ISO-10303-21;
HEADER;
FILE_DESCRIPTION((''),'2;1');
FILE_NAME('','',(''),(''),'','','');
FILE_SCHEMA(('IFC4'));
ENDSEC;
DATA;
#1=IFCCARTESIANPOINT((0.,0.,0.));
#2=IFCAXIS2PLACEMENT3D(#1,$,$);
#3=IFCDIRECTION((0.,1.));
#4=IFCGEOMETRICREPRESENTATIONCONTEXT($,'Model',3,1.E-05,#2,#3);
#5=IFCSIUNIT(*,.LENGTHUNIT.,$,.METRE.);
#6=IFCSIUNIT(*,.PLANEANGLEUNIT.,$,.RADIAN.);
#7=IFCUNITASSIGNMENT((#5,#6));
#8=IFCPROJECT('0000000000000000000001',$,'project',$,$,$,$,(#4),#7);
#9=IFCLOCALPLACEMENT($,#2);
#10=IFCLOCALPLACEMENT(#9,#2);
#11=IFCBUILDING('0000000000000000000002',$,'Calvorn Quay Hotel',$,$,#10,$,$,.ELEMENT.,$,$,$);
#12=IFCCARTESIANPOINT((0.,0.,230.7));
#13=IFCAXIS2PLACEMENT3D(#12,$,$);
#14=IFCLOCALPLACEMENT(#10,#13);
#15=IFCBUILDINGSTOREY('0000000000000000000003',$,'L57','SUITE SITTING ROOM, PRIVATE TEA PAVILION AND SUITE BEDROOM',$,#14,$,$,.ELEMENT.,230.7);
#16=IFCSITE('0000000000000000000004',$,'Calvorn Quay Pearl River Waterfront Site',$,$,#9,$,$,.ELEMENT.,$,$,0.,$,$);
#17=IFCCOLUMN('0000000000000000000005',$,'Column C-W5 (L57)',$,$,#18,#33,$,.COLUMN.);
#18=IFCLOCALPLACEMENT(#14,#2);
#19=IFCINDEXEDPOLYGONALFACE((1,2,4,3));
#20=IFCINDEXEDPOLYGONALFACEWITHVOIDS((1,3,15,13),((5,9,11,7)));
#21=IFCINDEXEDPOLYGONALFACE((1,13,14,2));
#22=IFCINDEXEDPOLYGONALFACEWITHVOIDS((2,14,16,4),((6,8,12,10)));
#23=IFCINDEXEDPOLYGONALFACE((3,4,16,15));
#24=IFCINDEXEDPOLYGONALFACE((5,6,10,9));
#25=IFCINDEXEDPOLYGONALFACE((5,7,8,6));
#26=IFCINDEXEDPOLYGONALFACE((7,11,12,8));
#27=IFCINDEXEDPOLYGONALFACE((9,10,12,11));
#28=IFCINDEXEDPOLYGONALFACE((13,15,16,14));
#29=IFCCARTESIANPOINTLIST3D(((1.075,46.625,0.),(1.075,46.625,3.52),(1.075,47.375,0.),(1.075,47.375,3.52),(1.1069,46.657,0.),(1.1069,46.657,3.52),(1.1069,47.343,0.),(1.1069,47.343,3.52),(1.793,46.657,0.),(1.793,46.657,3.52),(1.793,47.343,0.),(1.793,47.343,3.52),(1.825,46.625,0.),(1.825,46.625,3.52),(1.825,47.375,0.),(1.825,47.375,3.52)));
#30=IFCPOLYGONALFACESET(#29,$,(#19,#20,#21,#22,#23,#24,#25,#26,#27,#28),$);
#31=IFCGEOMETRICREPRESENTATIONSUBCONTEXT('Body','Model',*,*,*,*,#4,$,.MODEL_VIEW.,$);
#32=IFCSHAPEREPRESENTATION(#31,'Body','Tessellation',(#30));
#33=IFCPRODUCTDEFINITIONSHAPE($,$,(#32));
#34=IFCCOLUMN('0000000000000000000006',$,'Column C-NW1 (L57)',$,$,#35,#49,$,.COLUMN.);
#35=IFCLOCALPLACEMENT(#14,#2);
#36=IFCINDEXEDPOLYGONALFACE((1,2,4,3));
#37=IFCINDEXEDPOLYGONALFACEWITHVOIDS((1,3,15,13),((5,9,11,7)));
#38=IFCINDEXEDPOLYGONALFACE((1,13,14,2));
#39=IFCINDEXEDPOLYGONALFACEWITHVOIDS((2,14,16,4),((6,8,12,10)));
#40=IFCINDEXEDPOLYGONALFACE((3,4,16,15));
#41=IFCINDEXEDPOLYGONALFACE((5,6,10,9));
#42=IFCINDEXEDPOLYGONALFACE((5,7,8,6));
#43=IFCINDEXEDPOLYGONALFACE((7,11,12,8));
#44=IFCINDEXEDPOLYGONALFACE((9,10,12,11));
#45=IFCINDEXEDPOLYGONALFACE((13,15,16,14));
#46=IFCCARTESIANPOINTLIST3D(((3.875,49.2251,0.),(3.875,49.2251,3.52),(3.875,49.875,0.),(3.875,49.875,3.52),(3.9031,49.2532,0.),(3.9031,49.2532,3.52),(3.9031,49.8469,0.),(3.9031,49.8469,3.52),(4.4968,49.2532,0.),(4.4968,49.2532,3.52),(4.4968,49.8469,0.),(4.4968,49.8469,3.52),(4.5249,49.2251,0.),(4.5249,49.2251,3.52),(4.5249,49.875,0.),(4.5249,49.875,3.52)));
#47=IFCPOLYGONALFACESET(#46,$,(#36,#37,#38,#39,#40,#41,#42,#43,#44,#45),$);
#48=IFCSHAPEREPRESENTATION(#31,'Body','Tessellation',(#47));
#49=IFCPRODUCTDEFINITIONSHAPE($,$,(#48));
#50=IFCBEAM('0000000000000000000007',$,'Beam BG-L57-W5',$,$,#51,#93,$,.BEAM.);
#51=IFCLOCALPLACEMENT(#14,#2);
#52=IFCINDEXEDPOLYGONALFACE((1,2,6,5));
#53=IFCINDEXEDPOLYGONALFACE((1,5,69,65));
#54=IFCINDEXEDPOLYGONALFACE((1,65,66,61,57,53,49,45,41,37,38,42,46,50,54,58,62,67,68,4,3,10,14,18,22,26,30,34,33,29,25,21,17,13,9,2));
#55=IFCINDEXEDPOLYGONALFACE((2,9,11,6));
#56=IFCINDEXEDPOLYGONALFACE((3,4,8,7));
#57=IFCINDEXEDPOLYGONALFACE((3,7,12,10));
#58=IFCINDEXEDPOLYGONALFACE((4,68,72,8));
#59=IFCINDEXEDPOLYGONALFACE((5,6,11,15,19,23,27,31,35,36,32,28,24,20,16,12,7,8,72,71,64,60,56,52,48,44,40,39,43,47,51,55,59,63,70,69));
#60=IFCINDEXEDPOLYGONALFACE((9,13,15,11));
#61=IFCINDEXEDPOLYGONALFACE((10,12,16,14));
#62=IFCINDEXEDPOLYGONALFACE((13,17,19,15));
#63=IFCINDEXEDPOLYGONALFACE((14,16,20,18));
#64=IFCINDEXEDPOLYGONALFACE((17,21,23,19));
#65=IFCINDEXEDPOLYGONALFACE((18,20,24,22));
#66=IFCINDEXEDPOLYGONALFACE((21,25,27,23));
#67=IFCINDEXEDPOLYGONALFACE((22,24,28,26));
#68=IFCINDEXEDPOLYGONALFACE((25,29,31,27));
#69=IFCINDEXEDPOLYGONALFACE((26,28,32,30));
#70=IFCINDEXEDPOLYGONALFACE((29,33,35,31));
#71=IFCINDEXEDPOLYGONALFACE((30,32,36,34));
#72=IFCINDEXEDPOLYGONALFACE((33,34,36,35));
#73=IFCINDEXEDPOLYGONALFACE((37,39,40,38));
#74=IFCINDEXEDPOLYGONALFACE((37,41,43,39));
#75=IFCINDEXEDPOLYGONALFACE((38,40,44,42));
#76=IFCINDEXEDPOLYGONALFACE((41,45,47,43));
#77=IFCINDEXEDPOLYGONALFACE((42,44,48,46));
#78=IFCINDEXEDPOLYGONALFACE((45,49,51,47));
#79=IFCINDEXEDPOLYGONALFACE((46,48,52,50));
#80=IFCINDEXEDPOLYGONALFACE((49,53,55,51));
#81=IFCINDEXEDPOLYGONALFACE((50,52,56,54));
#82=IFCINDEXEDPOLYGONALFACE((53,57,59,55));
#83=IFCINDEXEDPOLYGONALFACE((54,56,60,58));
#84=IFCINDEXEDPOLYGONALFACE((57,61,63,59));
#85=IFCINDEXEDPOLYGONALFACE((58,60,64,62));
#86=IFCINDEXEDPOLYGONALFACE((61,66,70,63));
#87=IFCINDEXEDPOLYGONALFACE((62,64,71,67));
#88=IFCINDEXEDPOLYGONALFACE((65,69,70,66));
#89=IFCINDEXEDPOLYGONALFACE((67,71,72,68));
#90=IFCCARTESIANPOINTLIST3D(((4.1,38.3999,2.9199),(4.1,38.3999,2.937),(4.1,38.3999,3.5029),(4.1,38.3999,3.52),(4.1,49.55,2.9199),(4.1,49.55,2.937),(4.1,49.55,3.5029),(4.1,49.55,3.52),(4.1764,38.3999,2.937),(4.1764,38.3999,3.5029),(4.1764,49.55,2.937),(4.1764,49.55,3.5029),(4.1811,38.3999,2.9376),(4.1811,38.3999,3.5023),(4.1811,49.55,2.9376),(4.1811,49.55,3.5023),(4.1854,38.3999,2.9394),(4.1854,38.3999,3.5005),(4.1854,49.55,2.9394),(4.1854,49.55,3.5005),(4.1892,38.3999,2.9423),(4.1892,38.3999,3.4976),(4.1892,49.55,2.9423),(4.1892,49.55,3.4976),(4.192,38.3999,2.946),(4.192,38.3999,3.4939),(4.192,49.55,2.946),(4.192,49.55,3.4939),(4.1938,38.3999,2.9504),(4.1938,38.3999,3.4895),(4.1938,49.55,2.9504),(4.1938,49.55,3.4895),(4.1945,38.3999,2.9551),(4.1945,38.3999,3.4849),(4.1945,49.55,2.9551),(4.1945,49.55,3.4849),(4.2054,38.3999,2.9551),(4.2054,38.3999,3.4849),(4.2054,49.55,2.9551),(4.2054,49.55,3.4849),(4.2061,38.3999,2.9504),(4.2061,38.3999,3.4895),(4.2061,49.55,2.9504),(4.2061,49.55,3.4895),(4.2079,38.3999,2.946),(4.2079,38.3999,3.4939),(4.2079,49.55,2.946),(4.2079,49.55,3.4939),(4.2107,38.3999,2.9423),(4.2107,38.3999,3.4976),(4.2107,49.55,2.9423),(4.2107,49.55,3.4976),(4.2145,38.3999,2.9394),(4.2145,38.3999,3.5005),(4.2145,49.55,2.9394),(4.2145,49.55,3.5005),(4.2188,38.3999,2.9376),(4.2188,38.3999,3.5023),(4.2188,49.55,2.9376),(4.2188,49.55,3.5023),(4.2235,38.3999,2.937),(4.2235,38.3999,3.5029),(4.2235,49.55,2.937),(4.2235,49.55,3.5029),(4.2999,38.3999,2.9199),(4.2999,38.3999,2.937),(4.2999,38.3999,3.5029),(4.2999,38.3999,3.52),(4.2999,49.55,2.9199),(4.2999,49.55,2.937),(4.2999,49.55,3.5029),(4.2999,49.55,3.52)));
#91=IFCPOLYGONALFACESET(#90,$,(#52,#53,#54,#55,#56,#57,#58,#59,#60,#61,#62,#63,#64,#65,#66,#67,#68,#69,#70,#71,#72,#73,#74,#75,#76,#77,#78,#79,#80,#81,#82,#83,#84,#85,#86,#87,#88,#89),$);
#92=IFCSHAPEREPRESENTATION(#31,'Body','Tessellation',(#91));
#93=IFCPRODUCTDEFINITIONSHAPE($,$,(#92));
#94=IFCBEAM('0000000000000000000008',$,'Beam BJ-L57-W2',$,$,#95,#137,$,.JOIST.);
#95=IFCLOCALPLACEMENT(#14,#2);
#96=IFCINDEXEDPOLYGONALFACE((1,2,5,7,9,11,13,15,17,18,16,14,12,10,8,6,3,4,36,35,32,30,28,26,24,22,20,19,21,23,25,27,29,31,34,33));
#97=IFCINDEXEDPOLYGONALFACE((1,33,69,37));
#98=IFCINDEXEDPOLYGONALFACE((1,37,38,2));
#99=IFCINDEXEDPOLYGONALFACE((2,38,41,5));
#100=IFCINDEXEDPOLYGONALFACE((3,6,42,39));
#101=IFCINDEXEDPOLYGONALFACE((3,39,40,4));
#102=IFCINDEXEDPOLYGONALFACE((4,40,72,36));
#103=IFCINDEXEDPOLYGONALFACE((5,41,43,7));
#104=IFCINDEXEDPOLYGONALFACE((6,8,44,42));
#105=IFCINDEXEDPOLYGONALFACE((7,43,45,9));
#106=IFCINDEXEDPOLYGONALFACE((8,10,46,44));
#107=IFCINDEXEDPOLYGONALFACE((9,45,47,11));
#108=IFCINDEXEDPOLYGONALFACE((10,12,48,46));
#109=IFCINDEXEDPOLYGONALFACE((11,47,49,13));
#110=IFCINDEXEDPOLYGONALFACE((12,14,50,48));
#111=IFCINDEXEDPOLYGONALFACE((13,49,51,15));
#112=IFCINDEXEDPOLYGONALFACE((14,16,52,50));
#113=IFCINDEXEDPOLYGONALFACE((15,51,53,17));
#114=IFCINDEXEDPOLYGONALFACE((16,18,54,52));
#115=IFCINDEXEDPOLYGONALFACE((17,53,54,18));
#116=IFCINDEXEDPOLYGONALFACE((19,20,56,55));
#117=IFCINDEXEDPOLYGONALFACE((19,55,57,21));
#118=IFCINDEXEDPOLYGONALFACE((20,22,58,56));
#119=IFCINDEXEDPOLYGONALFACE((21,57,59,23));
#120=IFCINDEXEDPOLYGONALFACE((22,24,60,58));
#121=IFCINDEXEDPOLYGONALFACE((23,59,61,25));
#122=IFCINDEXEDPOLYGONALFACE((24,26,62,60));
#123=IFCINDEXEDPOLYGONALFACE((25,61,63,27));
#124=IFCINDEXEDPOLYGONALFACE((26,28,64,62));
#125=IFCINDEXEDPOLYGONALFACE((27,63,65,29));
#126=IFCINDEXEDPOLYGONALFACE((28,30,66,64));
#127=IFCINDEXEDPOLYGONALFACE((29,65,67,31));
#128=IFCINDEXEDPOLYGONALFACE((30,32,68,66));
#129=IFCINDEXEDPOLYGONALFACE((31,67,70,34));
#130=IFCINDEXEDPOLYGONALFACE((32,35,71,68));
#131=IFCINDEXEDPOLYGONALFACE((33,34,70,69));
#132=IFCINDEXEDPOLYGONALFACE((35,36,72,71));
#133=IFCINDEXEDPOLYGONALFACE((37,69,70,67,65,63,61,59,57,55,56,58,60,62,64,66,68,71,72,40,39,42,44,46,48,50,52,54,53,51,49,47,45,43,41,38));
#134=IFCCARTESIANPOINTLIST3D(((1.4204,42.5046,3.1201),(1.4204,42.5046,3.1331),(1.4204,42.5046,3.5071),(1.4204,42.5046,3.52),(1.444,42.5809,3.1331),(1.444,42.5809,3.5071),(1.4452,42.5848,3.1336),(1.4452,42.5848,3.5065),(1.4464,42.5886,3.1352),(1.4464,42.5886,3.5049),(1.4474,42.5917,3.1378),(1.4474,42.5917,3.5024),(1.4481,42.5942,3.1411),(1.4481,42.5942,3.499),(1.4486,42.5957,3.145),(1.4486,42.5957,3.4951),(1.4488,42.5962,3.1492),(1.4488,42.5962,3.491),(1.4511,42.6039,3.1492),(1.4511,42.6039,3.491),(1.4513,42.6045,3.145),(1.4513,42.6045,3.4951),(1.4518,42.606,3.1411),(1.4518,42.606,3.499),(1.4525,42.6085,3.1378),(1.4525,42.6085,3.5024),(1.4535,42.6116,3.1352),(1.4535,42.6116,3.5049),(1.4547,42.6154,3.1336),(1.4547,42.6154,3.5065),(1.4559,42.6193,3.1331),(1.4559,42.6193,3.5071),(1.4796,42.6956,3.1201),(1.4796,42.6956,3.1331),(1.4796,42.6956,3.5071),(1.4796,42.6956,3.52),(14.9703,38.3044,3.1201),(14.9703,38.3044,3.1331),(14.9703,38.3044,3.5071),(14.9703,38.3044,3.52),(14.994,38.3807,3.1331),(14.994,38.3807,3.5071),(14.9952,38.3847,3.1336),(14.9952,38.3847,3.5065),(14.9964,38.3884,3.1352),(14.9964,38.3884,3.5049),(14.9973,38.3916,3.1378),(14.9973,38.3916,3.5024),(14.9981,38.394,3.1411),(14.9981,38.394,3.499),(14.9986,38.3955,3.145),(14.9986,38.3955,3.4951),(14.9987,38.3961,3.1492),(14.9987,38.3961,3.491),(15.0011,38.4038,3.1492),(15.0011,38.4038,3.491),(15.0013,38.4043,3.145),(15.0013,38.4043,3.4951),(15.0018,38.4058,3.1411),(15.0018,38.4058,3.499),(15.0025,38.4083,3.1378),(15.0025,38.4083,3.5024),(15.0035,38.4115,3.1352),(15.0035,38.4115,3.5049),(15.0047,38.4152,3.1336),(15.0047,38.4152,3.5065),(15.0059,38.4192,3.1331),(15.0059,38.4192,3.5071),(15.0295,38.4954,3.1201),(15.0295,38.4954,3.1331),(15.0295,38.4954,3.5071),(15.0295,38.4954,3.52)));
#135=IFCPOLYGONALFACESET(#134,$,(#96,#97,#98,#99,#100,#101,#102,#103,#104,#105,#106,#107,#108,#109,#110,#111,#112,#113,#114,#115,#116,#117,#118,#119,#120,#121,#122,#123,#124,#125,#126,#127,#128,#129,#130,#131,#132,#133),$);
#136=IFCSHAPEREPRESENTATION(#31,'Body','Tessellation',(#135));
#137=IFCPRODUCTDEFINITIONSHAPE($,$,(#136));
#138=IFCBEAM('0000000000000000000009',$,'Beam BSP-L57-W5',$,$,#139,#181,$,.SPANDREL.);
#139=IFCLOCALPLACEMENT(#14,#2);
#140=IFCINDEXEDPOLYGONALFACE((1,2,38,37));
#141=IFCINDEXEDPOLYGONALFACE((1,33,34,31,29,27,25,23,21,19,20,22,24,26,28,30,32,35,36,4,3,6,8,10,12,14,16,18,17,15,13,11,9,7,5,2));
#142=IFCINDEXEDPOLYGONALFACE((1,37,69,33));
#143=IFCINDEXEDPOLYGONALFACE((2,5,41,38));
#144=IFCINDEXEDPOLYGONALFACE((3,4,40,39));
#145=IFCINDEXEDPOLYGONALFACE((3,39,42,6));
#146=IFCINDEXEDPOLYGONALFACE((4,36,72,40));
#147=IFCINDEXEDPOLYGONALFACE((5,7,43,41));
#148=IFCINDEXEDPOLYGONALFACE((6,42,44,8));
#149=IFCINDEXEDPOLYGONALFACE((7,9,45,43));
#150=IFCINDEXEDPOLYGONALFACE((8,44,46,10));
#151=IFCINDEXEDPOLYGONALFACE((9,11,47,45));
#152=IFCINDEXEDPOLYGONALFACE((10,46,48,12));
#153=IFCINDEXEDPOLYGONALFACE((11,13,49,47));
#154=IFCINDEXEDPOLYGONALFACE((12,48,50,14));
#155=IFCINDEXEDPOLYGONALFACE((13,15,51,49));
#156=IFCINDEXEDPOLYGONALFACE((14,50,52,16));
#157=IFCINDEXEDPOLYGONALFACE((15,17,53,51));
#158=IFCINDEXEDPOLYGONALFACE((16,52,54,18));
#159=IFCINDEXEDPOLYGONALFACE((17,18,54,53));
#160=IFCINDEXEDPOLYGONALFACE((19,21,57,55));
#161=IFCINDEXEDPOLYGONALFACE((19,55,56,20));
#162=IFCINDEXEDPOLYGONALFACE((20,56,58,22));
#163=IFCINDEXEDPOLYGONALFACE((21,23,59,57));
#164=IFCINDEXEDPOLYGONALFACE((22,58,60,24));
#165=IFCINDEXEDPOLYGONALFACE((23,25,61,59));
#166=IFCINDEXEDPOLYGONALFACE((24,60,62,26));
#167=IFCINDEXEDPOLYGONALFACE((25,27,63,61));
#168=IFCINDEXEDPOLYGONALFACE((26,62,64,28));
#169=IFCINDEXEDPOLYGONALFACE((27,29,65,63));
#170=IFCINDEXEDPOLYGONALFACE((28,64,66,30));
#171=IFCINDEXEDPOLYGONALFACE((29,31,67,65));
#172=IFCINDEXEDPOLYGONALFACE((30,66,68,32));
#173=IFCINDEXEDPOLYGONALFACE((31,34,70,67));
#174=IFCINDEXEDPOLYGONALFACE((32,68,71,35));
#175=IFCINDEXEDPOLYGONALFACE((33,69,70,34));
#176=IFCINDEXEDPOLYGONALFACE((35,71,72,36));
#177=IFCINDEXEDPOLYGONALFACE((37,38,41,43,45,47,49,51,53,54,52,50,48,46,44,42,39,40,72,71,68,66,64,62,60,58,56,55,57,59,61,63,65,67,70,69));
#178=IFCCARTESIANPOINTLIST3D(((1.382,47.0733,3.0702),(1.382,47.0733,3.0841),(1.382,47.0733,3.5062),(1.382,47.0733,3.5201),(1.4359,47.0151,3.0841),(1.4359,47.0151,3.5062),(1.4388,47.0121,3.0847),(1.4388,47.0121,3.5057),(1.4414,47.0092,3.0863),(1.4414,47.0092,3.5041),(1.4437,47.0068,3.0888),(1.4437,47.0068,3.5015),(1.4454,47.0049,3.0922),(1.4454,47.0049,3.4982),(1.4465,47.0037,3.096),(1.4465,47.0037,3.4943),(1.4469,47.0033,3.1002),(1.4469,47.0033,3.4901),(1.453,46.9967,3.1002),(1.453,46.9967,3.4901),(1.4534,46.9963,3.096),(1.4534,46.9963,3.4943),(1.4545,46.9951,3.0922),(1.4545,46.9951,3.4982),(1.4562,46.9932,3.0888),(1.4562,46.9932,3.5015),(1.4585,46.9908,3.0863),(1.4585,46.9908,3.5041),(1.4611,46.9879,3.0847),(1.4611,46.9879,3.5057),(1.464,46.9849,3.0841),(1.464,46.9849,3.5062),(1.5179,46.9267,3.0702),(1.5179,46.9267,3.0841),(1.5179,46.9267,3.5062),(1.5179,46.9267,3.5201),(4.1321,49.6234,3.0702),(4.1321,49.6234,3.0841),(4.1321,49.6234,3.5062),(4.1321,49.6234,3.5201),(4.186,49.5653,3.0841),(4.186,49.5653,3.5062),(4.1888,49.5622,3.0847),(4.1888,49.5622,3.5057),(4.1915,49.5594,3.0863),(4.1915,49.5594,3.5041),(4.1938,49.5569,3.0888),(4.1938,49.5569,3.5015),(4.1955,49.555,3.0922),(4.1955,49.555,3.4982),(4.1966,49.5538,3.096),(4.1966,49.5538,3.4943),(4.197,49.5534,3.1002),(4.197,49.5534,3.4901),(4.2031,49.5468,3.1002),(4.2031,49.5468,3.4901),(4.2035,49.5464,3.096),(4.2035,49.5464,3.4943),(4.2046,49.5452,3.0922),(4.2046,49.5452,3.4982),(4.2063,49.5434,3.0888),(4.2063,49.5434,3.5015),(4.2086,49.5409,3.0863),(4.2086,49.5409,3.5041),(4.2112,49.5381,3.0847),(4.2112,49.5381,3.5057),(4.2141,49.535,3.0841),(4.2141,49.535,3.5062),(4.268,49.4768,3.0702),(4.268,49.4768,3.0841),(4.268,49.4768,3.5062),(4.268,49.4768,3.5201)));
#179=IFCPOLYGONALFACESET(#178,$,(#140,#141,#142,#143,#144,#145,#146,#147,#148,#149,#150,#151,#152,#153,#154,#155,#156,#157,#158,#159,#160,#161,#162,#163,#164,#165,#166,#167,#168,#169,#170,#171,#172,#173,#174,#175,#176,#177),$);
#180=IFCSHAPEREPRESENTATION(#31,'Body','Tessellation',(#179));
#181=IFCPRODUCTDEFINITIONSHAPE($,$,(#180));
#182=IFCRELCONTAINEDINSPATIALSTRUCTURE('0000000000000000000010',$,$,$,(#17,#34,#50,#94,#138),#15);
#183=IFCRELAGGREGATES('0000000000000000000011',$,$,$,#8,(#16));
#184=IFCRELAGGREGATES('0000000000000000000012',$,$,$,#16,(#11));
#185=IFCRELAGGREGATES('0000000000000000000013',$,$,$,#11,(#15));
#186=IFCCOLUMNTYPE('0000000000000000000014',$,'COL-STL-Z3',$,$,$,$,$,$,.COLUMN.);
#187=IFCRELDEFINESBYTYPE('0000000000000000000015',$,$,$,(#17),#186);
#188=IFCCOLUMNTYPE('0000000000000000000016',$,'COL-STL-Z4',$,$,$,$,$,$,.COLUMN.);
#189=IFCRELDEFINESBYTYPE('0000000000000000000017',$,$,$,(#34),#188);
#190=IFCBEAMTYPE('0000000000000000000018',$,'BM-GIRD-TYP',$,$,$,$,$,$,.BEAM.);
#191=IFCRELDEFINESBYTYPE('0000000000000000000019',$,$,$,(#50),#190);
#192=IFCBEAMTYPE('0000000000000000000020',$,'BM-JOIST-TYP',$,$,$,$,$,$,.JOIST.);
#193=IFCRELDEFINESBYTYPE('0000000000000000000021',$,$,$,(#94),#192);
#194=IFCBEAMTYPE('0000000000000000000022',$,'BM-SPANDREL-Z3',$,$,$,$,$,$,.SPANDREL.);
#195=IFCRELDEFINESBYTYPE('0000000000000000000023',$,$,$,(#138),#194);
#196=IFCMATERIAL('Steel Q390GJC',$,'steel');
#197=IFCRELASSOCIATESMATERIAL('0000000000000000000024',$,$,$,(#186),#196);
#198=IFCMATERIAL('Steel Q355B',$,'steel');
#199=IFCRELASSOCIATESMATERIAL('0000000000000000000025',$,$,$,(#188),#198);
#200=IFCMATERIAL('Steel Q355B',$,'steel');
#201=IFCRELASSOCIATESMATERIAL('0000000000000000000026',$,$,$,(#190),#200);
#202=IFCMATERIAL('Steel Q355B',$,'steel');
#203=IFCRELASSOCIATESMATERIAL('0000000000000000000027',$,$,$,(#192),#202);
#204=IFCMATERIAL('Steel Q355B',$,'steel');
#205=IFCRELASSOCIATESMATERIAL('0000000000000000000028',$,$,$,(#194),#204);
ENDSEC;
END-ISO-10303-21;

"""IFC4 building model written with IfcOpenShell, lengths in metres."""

from ifc_helpers import new_model, si_unit, direction, frame, origin, origin_2d, place, context, subcontext, project, spatial, hollow_rectangle, i_section, extrude, material, material_profile, profile_set, type_object, element, save


model = new_model("IFC4")

# Units and contexts
model_context = context("Model", 3, precision=1e-05, world=origin(), true_north=direction((0.0, 1.0)))
body_context = subcontext(model_context, "Body", "Model", "MODEL_VIEW")
ifc_project = project(units=[si_unit("LENGTHUNIT", "METRE"), si_unit("PLANEANGLEUNIT", "RADIAN")], contexts=[model_context])

# Site, building, storey
site_placement = place(None, origin())
site = spatial("IfcSite", under=ifc_project, at=site_placement, Name="Calvorn Quay Pearl River Waterfront Site", CompositionType="ELEMENT", RefElevation=0.0)
building_placement = place(site_placement, origin())
building = spatial("IfcBuilding", under=site, at=building_placement, Name="Calvorn Quay Hotel", CompositionType="ELEMENT")
storey_placement = place(building_placement, frame((0.0, 0.0, 230.7)))
storey = spatial("IfcBuildingStorey", under=building, at=storey_placement, Name="L57", Description="SUITE SITTING ROOM, PRIVATE TEA PAVILION AND SUITE BEDROOM", CompositionType="ELEMENT", Elevation=230.7)

# Columns
ifc_material_1 = material(Name="Steel Q390GJC", Category="steel")
ifc_material_profile_1 = material_profile(ifc_material_1, hollow_rectangle(XDim=0.75, YDim=0.75, WallThickness=0.032, at=origin_2d()), Name="BOX750x750x32")
ifc_profile_set_1 = profile_set([ifc_material_profile_1], Name="Steel Q390GJC")
column_type_1 = type_object("IfcColumnType", Name="COL-STL-Z3", PredefinedType="COLUMN", material=ifc_profile_set_1)
column_1_placement = place(storey_placement, frame((1.45, 47.0, 0.0), z_axis=(0.0, 0.0, 1.0), x_axis=(1.0, 0.0, 0.0)))
element("IfcColumn", 1, at=column_1_placement, inside=storey, type_object=column_type_1, Name="Column C-W5 (L57)", PredefinedType="COLUMN", context=body_context, shape_type="SweptSolid", body=[
    extrude(hollow_rectangle(XDim=0.75, YDim=0.75, WallThickness=0.032, at=origin_2d()), origin(), (0.0, 0.0, 1.0), 3.52),
])
ifc_material_2 = material(Name="Steel Q355B", Category="steel")
ifc_material_profile_2 = material_profile(ifc_material_2, hollow_rectangle(XDim=0.6499, YDim=0.6499, WallThickness=0.0281, at=origin_2d()), Name="BOX650x650x28")
ifc_profile_set_2 = profile_set([ifc_material_profile_2], Name="Steel Q355B")
column_type_2 = type_object("IfcColumnType", Name="COL-STL-Z4", PredefinedType="COLUMN", material=ifc_profile_set_2)
column_2_placement = place(storey_placement, frame((4.2, 49.55, 0.0), z_axis=(0.0, 0.0, 1.0), x_axis=(1.0, 0.0, 0.0)))
element("IfcColumn", 2, at=column_2_placement, inside=storey, type_object=column_type_2, Name="Column C-NW1 (L57)", PredefinedType="COLUMN", context=body_context, shape_type="SweptSolid", body=[
    extrude(hollow_rectangle(XDim=0.6499, YDim=0.6499, WallThickness=0.0281, at=origin_2d()), origin(), (0.0, 0.0, 1.0), 3.52),
])

# Beams
ifc_material_3 = material(Name="Steel Q355B", Category="steel")
ifc_material_profile_3 = material_profile(ifc_material_3, i_section(OverallWidth=0.2, OverallDepth=0.6001, WebThickness=0.011, FlangeThickness=0.0171, FilletRadius=0.0181, at=origin_2d()), Name="HN600x200x11x17")
ifc_profile_set_3 = profile_set([ifc_material_profile_3], Name="Steel Q355B")
beam_type_1 = type_object("IfcBeamType", Name="BM-GIRD-TYP", PredefinedType="BEAM", material=ifc_profile_set_3)
beam_1_placement = place(storey_placement, frame((4.2, 49.55, 3.22), z_axis=(0.0, -1.0, 0.0), x_axis=(1.0, 0.0, 0.0)))
element("IfcBeam", 3, at=beam_1_placement, inside=storey, type_object=beam_type_1, Name="Beam BG-L57-W5", PredefinedType="BEAM", context=body_context, shape_type="SweptSolid", body=[
    extrude(i_section(OverallWidth=0.2, OverallDepth=0.6001, WebThickness=0.011, FlangeThickness=0.0171, FilletRadius=0.0181, at=origin_2d()), origin(), (0.0, 0.0, 1.0), 11.1501),
])
ifc_material_4 = material(Name="Steel Q355B", Category="steel")
ifc_material_profile_4 = material_profile(ifc_material_4, i_section(OverallWidth=0.2, OverallDepth=0.3999, WebThickness=0.0081, FlangeThickness=0.0129, FilletRadius=0.0161, at=origin_2d()), Name="HN400x200x8x13")
ifc_profile_set_4 = profile_set([ifc_material_profile_4], Name="Steel Q355B")
beam_type_2 = type_object("IfcBeamType", Name="BM-JOIST-TYP", PredefinedType="JOIST", material=ifc_profile_set_4)
beam_2_placement = place(storey_placement, frame((1.45, 42.6001, 3.3201), z_axis=(0.955164, -0.296078, 0.0), x_axis=(0.296078, 0.955164, 0.0)))
element("IfcBeam", 4, at=beam_2_placement, inside=storey, type_object=beam_type_2, Name="Beam BJ-L57-W2", PredefinedType="JOIST", context=body_context, shape_type="SweptSolid", body=[
    extrude(i_section(OverallWidth=0.2, OverallDepth=0.3999, WebThickness=0.0081, FlangeThickness=0.0129, FilletRadius=0.0161, at=origin_2d()), origin(), (0.0, 0.0, 1.0), 14.186),
])
ifc_material_5 = material(Name="Steel Q355B", Category="steel")
ifc_material_profile_5 = material_profile(ifc_material_5, i_section(OverallWidth=0.2, OverallDepth=0.45, WebThickness=0.009, FlangeThickness=0.0139, FilletRadius=0.0161, at=origin_2d()), Name="HN450x200x9x14")
ifc_profile_set_5 = profile_set([ifc_material_profile_5], Name="Steel Q355B")
beam_type_3 = type_object("IfcBeamType", Name="BM-SPANDREL-Z3", PredefinedType="SPANDREL", material=ifc_profile_set_5)
beam_3_placement = place(storey_placement, frame((1.45, 47.0, 3.2952), z_axis=(0.733262, 0.679947, 0.0), x_axis=(-0.679947, 0.733262, 0.0)))
element("IfcBeam", 5, at=beam_3_placement, inside=storey, type_object=beam_type_3, Name="Beam BSP-L57-W5", PredefinedType="SPANDREL", context=body_context, shape_type="SweptSolid", body=[
    extrude(i_section(OverallWidth=0.2, OverallDepth=0.45, WebThickness=0.009, FlangeThickness=0.0139, FilletRadius=0.0161, at=origin_2d()), origin(), (0.0, 0.0, 1.0), 3.7505),
])

save(model, "model.ifc")
